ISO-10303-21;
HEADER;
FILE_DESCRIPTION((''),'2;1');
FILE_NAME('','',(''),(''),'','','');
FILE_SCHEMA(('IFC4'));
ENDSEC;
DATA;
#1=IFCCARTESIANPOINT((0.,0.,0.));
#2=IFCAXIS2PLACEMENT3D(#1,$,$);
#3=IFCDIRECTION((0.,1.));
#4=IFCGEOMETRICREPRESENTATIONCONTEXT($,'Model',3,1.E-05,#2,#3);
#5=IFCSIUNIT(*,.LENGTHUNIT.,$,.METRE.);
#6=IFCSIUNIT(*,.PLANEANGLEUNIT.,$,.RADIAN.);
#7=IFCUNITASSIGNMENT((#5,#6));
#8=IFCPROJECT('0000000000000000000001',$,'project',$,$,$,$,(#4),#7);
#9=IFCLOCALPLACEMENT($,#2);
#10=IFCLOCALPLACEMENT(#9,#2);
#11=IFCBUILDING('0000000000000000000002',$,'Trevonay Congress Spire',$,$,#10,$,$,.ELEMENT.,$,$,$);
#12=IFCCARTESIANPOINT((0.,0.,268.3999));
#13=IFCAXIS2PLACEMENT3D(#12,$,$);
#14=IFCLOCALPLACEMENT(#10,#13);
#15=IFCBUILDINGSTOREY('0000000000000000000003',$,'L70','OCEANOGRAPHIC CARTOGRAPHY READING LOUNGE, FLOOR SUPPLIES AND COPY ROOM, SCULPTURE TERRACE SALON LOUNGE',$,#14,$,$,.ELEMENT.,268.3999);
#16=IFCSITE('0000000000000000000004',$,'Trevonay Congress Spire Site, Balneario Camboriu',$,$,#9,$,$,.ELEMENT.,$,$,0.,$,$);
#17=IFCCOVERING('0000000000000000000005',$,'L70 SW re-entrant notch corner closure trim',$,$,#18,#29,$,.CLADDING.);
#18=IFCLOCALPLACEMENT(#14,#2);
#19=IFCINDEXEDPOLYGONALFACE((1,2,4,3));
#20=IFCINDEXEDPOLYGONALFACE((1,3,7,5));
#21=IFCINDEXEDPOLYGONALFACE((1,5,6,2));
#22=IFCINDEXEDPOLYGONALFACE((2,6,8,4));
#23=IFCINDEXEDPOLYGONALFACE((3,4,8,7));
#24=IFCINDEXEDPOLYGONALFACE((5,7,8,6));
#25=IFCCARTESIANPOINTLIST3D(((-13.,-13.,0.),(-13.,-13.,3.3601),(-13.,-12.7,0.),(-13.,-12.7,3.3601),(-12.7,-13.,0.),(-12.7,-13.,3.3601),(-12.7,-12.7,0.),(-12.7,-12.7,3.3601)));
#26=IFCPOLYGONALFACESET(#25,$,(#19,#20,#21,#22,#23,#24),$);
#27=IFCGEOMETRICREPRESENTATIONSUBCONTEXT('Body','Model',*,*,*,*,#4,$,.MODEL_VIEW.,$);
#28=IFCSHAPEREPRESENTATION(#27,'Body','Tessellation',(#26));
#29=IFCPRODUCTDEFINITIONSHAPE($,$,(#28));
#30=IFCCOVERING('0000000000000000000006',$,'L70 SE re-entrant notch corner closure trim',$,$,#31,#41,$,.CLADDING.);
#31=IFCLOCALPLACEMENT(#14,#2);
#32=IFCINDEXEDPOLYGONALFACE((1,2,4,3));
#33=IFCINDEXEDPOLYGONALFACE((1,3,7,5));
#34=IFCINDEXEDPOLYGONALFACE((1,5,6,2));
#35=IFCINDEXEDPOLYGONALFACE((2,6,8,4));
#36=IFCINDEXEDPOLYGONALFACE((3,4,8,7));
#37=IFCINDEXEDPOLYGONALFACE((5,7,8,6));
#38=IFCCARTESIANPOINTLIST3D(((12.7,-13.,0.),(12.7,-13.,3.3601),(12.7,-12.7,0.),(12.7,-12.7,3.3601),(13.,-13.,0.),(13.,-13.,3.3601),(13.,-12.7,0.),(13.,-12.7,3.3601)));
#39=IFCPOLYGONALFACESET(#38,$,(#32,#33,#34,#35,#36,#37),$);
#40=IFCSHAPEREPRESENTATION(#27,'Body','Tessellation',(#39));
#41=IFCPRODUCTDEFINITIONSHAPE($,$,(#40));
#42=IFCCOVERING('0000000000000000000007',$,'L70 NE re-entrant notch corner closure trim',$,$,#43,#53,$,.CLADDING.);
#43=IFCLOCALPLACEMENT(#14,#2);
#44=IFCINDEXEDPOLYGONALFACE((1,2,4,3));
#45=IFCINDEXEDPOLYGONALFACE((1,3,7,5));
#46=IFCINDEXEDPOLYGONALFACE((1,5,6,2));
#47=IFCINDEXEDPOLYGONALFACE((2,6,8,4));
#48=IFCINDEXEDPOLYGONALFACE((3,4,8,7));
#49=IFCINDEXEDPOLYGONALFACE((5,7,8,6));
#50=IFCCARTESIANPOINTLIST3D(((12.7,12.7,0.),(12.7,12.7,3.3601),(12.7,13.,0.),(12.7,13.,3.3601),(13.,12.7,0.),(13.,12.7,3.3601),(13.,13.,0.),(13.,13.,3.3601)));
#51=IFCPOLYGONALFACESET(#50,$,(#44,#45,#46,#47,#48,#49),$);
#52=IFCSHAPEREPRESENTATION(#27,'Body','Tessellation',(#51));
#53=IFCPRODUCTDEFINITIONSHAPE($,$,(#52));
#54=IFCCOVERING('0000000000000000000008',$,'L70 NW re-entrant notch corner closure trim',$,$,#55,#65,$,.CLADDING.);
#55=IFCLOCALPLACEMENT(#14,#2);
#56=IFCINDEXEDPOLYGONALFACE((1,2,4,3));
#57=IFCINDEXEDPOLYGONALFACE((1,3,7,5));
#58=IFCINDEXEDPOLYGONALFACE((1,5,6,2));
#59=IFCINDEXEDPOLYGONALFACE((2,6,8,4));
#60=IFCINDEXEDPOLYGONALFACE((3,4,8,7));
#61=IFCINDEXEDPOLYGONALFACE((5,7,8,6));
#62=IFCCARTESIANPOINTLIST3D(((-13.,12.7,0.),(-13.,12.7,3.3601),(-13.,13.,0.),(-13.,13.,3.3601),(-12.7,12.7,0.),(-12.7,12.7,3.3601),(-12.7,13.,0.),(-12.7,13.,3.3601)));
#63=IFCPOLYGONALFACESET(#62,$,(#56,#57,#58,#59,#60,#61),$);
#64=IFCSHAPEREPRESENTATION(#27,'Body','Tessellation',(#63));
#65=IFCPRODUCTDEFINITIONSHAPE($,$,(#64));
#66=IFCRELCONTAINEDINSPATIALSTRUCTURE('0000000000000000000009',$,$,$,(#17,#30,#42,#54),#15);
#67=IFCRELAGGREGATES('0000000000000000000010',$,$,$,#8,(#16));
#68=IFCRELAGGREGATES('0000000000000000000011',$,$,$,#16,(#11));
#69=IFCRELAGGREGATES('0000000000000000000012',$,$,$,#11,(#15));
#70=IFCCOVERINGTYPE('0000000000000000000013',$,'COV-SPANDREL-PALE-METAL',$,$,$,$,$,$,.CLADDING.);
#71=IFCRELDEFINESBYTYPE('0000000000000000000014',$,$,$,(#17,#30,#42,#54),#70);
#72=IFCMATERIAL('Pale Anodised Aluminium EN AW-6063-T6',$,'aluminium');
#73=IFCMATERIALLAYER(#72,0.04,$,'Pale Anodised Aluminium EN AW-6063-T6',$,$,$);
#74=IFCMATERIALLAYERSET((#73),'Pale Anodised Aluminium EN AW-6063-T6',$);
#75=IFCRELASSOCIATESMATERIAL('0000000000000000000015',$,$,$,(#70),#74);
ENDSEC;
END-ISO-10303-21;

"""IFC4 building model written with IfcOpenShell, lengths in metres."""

from ifc_helpers import new_model, si_unit, direction, frame, origin, place, context, subcontext, project, spatial, polyline, outline, extrude, material, layer, layer_set, type_object, element, save


model = new_model("IFC4")

# Units and contexts
model_context = context("Model", 3, precision=1e-05, world=origin(), true_north=direction((0.0, 1.0)))
body_context = subcontext(model_context, "Body", "Model", "MODEL_VIEW")
ifc_project = project(units=[si_unit("LENGTHUNIT", "METRE"), si_unit("PLANEANGLEUNIT", "RADIAN")], contexts=[model_context])

# Site, building, storey
site_placement = place(None, origin())
site = spatial("IfcSite", under=ifc_project, at=site_placement, Name="Trevonay Congress Spire Site, Balneario Camboriu", CompositionType="ELEMENT", RefElevation=0.0)
building_placement = place(site_placement, origin())
building = spatial("IfcBuilding", under=site, at=building_placement, Name="Trevonay Congress Spire", CompositionType="ELEMENT")
storey_placement = place(building_placement, frame((0.0, 0.0, 268.3999)))
storey = spatial("IfcBuildingStorey", under=building, at=storey_placement, Name="L70", Description="OCEANOGRAPHIC CARTOGRAPHY READING LOUNGE, FLOOR SUPPLIES AND COPY ROOM, SCULPTURE TERRACE SALON LOUNGE", CompositionType="ELEMENT", Elevation=268.3999)

# Shared definitions
ifc_material_1 = material(Name="Pale Anodised Aluminium EN AW-6063-T6", Category="aluminium")

# Coverings
ifc_layer_1 = layer(ifc_material_1, 0.04, Name="Pale Anodised Aluminium EN AW-6063-T6")
ifc_layer_set_1 = layer_set([ifc_layer_1], Name="Pale Anodised Aluminium EN AW-6063-T6")
covering_type = type_object("IfcCoveringType", Name="COV-SPANDREL-PALE-METAL", PredefinedType="CLADDING", material=ifc_layer_set_1)
covering_1_placement = place(storey_placement, origin())
element("IfcCovering", 1, at=covering_1_placement, inside=storey, type_object=covering_type, Name="L70 SW re-entrant notch corner closure trim", PredefinedType="CLADDING", context=body_context, shape_type="SweptSolid", body=[
    extrude(outline(polyline([(-13.0, -13.0), (-12.7, -13.0), (-12.7, -12.7), (-13.0, -12.7), (-13.0, -13.0)])), origin(), (0.0, 0.0, 1.0), 3.3601),
])
covering_2_placement = place(storey_placement, origin())
element("IfcCovering", 2, at=covering_2_placement, inside=storey, type_object=covering_type, Name="L70 SE re-entrant notch corner closure trim", PredefinedType="CLADDING", context=body_context, shape_type="SweptSolid", body=[
    extrude(outline(polyline([(12.7, -13.0), (13.0, -13.0), (13.0, -12.7), (12.7, -12.7), (12.7, -13.0)])), origin(), (0.0, 0.0, 1.0), 3.3601),
])
covering_3_placement = place(storey_placement, origin())
element("IfcCovering", 3, at=covering_3_placement, inside=storey, type_object=covering_type, Name="L70 NE re-entrant notch corner closure trim", PredefinedType="CLADDING", context=body_context, shape_type="SweptSolid", body=[
    extrude(outline(polyline([(12.7, 12.7), (13.0, 12.7), (13.0, 13.0), (12.7, 13.0), (12.7, 12.7)])), origin(), (0.0, 0.0, 1.0), 3.3601),
])
covering_4_placement = place(storey_placement, origin())
element("IfcCovering", 4, at=covering_4_placement, inside=storey, type_object=covering_type, Name="L70 NW re-entrant notch corner closure trim", PredefinedType="CLADDING", context=body_context, shape_type="SweptSolid", body=[
    extrude(outline(polyline([(-13.0, 12.7), (-12.7, 12.7), (-12.7, 13.0), (-13.0, 13.0), (-13.0, 12.7)])), origin(), (0.0, 0.0, 1.0), 3.3601),
])

save(model, "model.ifc")
